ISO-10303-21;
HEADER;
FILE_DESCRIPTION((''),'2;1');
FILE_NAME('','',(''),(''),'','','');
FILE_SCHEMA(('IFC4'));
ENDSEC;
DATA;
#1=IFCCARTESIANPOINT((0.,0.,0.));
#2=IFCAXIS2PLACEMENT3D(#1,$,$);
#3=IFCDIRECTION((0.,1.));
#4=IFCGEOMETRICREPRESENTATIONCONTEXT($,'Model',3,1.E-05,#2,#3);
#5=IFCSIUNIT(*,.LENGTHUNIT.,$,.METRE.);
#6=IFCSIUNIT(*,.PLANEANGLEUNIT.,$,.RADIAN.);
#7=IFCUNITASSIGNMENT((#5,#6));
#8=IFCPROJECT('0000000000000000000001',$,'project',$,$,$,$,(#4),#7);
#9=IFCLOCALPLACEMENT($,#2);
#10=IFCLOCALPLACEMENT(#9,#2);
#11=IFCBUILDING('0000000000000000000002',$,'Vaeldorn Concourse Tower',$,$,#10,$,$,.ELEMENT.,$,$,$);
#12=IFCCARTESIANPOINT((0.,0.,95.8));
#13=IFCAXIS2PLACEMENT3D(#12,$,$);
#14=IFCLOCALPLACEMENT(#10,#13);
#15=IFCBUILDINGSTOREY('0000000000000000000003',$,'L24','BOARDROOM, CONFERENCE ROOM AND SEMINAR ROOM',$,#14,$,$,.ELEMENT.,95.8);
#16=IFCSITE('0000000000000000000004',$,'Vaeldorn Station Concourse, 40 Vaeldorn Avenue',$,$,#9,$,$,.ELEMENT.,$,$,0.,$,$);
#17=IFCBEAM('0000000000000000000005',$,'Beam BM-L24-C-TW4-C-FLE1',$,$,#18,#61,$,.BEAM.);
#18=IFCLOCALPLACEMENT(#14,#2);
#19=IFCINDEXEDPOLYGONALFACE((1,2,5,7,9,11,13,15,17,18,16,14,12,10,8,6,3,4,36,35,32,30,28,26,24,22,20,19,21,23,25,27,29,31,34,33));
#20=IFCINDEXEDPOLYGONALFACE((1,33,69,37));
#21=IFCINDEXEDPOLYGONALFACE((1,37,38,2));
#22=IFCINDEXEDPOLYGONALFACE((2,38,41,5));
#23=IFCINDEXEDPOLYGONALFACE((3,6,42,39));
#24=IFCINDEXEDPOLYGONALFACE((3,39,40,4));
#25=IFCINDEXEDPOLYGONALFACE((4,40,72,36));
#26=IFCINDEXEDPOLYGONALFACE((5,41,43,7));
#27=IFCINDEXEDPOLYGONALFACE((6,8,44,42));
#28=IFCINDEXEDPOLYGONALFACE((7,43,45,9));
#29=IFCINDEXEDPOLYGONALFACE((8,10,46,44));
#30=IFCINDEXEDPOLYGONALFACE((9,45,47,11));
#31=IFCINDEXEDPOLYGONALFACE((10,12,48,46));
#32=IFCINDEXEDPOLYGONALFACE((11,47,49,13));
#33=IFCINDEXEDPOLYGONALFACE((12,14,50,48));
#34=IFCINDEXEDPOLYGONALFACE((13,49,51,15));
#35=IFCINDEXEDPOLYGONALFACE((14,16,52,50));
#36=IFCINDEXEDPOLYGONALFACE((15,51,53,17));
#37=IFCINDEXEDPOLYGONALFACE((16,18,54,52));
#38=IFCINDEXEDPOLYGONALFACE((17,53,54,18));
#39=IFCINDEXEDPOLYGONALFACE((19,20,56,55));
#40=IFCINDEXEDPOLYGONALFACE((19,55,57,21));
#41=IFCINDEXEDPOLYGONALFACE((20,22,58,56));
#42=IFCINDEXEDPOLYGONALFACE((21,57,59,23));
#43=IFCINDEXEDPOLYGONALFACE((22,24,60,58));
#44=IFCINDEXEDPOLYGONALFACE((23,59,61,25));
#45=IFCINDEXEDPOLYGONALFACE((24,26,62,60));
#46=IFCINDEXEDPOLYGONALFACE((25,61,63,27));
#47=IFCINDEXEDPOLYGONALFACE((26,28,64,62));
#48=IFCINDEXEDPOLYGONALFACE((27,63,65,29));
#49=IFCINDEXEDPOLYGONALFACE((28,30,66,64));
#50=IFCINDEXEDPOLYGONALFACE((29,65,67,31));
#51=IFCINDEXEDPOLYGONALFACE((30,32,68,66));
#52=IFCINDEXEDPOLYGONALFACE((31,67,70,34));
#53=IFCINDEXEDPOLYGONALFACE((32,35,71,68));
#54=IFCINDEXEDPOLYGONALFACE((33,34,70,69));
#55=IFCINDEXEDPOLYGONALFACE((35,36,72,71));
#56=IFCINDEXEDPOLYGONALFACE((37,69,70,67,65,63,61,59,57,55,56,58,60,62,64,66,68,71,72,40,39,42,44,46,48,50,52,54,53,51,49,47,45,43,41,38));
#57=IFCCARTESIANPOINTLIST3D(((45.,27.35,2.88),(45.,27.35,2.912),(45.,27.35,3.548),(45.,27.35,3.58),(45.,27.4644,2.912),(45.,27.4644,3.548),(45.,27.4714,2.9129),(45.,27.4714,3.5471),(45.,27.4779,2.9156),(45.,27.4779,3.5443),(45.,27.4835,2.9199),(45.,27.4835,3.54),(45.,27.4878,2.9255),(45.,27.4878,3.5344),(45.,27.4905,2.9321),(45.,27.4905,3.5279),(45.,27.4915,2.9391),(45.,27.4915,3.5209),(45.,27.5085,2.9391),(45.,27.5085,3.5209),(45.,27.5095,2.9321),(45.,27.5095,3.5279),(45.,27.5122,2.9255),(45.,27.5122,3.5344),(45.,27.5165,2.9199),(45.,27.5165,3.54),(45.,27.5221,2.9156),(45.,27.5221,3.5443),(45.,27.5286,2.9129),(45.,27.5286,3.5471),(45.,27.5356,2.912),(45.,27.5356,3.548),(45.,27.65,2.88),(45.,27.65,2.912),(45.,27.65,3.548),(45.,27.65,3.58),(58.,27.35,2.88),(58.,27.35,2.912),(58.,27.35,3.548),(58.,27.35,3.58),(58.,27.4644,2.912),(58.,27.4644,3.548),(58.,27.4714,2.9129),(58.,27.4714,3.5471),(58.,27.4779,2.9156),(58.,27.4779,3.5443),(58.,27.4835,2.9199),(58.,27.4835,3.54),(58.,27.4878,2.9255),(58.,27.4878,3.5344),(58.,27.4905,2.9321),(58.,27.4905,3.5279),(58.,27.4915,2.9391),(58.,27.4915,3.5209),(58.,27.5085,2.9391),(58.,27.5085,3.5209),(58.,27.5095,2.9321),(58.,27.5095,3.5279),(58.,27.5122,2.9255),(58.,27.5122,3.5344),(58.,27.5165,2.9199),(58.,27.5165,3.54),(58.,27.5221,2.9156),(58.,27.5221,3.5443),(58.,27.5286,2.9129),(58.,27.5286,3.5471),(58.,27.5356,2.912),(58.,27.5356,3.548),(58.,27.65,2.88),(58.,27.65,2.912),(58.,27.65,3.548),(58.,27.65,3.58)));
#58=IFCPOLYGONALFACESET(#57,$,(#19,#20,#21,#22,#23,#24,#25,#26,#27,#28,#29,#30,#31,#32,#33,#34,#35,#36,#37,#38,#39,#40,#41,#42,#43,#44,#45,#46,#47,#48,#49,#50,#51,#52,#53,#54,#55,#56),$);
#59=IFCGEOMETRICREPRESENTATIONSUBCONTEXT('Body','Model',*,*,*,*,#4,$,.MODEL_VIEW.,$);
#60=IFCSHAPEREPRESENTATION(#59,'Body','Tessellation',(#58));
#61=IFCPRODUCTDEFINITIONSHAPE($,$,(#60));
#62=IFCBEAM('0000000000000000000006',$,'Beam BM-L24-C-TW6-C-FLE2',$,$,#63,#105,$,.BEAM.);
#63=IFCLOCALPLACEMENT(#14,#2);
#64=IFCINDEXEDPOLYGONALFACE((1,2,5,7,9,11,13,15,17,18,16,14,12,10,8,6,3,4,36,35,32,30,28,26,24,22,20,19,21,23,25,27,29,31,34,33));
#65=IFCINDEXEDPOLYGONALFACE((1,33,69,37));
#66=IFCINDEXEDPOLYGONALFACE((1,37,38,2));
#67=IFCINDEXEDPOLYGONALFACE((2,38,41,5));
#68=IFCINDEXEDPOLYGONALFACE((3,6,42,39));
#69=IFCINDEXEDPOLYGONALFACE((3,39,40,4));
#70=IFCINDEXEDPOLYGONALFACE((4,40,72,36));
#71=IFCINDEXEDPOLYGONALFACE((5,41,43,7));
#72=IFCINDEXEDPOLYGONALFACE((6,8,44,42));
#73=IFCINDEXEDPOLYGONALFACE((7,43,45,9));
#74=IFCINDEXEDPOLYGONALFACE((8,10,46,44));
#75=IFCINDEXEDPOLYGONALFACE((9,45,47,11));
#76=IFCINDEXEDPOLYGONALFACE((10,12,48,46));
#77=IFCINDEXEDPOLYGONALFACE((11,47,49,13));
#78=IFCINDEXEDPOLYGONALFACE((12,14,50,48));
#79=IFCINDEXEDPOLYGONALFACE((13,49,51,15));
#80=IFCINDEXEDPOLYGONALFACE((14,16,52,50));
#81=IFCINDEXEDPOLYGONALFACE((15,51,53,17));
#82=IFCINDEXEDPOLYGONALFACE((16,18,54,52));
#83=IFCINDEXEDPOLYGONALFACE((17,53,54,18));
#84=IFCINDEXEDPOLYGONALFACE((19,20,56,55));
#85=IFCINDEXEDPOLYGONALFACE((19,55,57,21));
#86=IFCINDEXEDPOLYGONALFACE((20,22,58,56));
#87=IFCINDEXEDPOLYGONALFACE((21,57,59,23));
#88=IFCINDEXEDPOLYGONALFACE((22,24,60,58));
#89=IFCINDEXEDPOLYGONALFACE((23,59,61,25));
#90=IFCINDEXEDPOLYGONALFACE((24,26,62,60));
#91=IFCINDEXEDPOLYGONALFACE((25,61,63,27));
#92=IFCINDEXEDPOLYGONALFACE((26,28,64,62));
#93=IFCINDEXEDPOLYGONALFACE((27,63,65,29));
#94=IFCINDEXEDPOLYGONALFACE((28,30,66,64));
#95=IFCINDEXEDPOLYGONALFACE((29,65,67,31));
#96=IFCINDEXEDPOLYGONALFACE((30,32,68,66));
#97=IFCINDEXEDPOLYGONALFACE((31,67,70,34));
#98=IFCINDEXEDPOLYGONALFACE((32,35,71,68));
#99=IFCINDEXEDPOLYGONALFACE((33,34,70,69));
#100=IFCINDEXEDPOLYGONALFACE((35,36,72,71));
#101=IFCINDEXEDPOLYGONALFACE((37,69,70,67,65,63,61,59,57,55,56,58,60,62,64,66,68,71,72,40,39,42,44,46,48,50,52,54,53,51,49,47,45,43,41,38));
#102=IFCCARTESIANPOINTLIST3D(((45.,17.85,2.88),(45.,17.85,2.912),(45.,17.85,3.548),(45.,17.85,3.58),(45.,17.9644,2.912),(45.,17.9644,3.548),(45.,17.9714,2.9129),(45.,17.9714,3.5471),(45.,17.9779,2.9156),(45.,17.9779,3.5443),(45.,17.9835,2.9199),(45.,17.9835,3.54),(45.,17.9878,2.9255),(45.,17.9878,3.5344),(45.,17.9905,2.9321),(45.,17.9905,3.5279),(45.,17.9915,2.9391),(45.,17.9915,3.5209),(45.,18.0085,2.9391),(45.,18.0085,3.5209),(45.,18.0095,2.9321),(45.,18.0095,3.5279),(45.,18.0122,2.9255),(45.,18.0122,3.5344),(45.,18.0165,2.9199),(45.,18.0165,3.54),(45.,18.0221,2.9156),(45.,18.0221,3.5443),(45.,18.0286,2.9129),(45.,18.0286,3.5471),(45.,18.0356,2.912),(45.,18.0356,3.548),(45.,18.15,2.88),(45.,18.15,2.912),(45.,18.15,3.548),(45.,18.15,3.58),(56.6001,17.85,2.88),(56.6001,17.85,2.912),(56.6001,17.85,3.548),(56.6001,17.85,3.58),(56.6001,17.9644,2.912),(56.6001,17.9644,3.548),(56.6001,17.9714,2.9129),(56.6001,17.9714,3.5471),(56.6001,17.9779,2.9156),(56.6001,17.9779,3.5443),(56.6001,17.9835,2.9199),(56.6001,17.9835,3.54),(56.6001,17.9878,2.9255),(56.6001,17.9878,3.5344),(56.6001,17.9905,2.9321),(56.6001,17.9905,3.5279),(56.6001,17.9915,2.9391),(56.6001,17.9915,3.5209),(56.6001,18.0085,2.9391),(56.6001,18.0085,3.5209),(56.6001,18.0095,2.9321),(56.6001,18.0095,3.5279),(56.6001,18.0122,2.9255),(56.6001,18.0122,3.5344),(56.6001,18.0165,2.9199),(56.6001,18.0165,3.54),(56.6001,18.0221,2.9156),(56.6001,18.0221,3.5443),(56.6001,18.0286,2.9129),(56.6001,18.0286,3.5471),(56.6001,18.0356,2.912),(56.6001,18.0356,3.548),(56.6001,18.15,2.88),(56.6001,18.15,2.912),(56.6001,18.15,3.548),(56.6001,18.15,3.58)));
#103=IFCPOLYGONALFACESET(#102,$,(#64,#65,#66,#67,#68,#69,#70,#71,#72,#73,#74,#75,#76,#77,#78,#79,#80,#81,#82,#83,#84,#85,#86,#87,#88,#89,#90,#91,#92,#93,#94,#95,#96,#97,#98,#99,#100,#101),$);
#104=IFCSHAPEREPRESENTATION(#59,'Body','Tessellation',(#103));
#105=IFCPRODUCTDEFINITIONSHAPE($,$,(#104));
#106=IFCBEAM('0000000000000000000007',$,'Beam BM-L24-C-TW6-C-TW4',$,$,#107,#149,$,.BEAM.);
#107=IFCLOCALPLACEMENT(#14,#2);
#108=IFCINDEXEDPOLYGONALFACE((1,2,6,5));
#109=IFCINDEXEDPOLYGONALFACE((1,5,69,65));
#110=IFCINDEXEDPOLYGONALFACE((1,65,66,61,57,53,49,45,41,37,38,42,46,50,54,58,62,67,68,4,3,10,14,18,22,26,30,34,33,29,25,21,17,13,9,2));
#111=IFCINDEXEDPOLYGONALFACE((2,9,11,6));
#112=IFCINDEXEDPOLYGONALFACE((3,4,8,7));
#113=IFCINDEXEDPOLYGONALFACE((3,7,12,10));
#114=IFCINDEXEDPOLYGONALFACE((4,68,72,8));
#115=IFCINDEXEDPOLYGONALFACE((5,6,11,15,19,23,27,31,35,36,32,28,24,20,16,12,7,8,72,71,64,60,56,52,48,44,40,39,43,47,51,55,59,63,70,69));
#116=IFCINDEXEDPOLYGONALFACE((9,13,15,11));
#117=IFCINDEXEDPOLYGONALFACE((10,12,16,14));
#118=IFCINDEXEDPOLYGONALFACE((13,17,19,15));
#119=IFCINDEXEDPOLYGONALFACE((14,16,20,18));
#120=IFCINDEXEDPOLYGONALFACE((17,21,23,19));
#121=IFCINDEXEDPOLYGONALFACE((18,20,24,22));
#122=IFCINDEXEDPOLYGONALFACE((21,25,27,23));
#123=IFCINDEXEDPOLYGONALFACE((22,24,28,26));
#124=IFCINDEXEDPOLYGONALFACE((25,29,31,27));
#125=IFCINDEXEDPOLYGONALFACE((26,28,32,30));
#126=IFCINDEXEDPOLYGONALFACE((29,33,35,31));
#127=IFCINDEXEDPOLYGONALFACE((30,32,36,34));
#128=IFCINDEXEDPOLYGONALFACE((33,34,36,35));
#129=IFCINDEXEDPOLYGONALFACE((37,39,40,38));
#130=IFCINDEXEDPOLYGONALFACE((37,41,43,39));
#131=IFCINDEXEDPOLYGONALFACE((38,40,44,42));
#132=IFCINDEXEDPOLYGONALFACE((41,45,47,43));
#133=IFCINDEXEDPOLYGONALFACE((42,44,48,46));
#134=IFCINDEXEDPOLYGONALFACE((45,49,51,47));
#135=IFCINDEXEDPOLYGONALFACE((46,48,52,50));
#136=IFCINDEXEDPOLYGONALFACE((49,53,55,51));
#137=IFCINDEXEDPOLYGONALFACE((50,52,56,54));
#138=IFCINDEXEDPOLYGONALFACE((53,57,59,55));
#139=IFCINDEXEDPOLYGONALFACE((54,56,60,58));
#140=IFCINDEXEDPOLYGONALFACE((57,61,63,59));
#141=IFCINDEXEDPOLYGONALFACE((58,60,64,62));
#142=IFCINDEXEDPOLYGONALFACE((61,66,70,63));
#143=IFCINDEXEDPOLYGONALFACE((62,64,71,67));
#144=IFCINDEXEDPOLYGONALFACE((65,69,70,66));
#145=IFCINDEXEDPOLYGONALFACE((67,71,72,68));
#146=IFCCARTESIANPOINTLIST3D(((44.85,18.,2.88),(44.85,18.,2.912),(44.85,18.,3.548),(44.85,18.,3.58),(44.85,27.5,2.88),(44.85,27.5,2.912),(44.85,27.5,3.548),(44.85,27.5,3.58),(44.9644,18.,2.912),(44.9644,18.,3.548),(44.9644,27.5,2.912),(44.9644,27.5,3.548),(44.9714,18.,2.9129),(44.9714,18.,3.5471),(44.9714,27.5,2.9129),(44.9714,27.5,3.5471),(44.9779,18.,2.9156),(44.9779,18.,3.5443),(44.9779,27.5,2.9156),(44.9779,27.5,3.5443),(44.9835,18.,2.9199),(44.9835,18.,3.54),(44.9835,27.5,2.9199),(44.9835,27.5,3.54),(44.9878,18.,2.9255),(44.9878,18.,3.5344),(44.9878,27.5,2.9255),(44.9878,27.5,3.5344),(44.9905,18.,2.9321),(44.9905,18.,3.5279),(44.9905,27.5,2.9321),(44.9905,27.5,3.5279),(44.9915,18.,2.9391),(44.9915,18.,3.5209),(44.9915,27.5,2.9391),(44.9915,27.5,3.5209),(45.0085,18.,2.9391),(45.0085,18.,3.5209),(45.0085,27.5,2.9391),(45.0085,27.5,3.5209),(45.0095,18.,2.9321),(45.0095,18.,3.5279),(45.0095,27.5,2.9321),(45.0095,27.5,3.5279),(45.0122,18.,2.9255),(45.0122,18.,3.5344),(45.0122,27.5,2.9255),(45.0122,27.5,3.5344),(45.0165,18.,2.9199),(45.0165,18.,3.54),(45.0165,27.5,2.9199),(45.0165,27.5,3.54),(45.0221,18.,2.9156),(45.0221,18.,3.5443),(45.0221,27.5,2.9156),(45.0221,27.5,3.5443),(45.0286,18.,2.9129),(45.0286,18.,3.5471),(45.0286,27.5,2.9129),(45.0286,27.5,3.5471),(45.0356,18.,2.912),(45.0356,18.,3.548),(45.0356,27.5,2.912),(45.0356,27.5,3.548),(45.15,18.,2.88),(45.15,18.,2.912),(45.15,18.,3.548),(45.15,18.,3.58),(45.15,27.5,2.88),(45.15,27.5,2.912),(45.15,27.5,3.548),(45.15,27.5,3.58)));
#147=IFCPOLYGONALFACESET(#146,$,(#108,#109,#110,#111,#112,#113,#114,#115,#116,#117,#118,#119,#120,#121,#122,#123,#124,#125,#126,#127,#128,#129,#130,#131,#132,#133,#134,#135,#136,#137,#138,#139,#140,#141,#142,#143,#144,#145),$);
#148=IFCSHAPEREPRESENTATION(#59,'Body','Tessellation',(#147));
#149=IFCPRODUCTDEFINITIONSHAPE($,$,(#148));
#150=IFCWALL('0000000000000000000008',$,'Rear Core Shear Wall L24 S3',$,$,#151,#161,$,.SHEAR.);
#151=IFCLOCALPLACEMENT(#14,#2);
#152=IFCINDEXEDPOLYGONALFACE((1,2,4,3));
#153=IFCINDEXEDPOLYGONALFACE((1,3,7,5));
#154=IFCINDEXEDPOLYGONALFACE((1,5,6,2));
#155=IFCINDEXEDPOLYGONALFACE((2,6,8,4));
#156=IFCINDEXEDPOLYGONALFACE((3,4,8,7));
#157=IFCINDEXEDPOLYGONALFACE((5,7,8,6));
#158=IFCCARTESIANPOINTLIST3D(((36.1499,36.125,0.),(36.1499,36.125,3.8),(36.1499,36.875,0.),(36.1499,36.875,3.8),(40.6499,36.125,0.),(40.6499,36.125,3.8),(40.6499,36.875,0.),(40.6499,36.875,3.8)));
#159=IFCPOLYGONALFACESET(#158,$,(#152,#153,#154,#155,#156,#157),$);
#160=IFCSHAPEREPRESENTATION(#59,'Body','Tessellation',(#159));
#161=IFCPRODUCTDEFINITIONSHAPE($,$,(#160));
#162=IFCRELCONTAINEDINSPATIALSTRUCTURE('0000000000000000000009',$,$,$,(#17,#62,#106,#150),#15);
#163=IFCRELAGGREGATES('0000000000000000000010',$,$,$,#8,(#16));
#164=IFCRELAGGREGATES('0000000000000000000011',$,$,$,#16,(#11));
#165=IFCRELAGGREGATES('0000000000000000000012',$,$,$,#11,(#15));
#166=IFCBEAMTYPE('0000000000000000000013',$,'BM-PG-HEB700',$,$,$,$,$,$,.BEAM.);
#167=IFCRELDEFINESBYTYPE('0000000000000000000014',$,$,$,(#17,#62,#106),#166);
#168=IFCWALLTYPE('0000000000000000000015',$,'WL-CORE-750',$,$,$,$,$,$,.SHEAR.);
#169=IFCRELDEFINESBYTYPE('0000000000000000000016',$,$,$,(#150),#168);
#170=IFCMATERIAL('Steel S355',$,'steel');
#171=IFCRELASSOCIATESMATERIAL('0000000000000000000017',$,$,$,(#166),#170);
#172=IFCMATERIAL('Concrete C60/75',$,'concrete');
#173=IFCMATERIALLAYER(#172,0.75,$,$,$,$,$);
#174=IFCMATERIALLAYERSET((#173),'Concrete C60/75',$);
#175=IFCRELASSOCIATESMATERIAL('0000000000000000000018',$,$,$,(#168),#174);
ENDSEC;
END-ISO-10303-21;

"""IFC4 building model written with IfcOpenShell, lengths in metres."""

from ifc_helpers import new_model, si_unit, direction, frame, frame_2d, origin, origin_2d, place, context, subcontext, project, spatial, rectangle, i_section, extrude, source, transform, mapped, material, layer, layer_set, material_profile, profile_set, type_object, element, save


model = new_model("IFC4")

# Units and contexts
model_context = context("Model", 3, precision=1e-05, world=origin(), true_north=direction((0.0, 1.0)))
body_context = subcontext(model_context, "Body", "Model", "MODEL_VIEW")
ifc_project = project(units=[si_unit("LENGTHUNIT", "METRE"), si_unit("PLANEANGLEUNIT", "RADIAN")], contexts=[model_context])

# Site, building, storey
site_placement = place(None, origin())
site = spatial("IfcSite", under=ifc_project, at=site_placement, Name="Vaeldorn Station Concourse, 40 Vaeldorn Avenue", CompositionType="ELEMENT", RefElevation=0.0)
building_placement = place(site_placement, origin())
building = spatial("IfcBuilding", under=site, at=building_placement, Name="Vaeldorn Concourse Tower", CompositionType="ELEMENT")
storey_placement = place(building_placement, frame((0.0, 0.0, 95.8)))
storey = spatial("IfcBuildingStorey", under=building, at=storey_placement, Name="L24", Description="BOARDROOM, CONFERENCE ROOM AND SEMINAR ROOM", CompositionType="ELEMENT", Elevation=95.8)

# Beams
ifc_material_1 = material(Name="Steel S355", Category="steel")
ifc_material_profile_1 = material_profile(ifc_material_1, i_section(OverallWidth=0.3, OverallDepth=0.7, WebThickness=0.0171, FlangeThickness=0.032, FilletRadius=0.0271, at=origin_2d()), Name="HEB 700")
ifc_profile_set_1 = profile_set([ifc_material_profile_1], Name="Steel S355")
beam_type_1 = type_object("IfcBeamType", Name="BM-PG-HEB700", PredefinedType="BEAM", material=ifc_profile_set_1)
shared_shape_1 = source(origin(), body_context, "Body", "SweptSolid", [
    extrude(i_section(OverallWidth=0.3, OverallDepth=0.7, WebThickness=0.0171, FlangeThickness=0.032, FilletRadius=0.0271, at=origin_2d()), origin(), (0.0, 0.0, 1.0), 13.0),
])
beam_1_placement = place(storey_placement, frame((45.0, 27.5, 3.23), z_axis=(1.0, 0.0, 0.0), x_axis=(0.0, 1.0, 0.0)))
element("IfcBeam", 1, at=beam_1_placement, inside=storey, type_object=beam_type_1, Name="Beam BM-L24-C-TW4-C-FLE1", PredefinedType="BEAM", context=body_context, shape_type="MappedRepresentation", body=[
    mapped(shared_shape_1, transform((0.0, 0.0, 0.0), scale=1.0)),
])
shared_shape_2 = source(origin(), body_context, "Body", "SweptSolid", [
    extrude(i_section(OverallWidth=0.3, OverallDepth=0.7, WebThickness=0.0171, FlangeThickness=0.032, FilletRadius=0.0271, at=origin_2d()), origin(), (0.0, 0.0, 1.0), 11.6001),
])
beam_2_placement = place(storey_placement, frame((45.0, 18.0, 3.23), z_axis=(1.0, 0.0, 0.0), x_axis=(0.0, 1.0, 0.0)))
element("IfcBeam", 2, at=beam_2_placement, inside=storey, type_object=beam_type_1, Name="Beam BM-L24-C-TW6-C-FLE2", PredefinedType="BEAM", context=body_context, shape_type="MappedRepresentation", body=[
    mapped(shared_shape_2, transform((0.0, 0.0, 0.0), scale=1.0)),
])
shared_shape_3 = source(origin(), body_context, "Body", "SweptSolid", [
    extrude(i_section(OverallWidth=0.3, OverallDepth=0.7, WebThickness=0.0171, FlangeThickness=0.032, FilletRadius=0.0271, at=origin_2d()), origin(), (0.0, 0.0, 1.0), 9.5),
])
beam_3_placement = place(storey_placement, frame((45.0, 18.0, 3.23), z_axis=(0.0, 1.0, 0.0), x_axis=(-1.0, 0.0, 0.0)))
element("IfcBeam", 3, at=beam_3_placement, inside=storey, type_object=beam_type_1, Name="Beam BM-L24-C-TW6-C-TW4", PredefinedType="BEAM", context=body_context, shape_type="MappedRepresentation", body=[
    mapped(shared_shape_3, transform((0.0, 0.0, 0.0), scale=1.0)),
])

# Wall
ifc_material_2 = material(Name="Concrete C60/75", Category="concrete")
ifc_layer_1 = layer(ifc_material_2, 0.75)
ifc_layer_set_1 = layer_set([ifc_layer_1], Name="Concrete C60/75")
wall_type_1 = type_object("IfcWallType", Name="WL-CORE-750", PredefinedType="SHEAR", material=ifc_layer_set_1)
wall_1_placement = place(storey_placement, frame((36.1499, 36.5, 0.0), z_axis=(0.0, 0.0, 1.0), x_axis=(1.0, 0.0, 0.0)))
element("IfcWall", 4, at=wall_1_placement, inside=storey, type_object=wall_type_1, Name="Rear Core Shear Wall L24 S3", PredefinedType="SHEAR", context=body_context, shape_type="SweptSolid", body=[
    extrude(rectangle(XDim=4.5, YDim=0.75, at=frame_2d((2.25, 0.0))), origin(), (0.0, 0.0, 1.0), 3.8),
])

save(model, "model.ifc")
